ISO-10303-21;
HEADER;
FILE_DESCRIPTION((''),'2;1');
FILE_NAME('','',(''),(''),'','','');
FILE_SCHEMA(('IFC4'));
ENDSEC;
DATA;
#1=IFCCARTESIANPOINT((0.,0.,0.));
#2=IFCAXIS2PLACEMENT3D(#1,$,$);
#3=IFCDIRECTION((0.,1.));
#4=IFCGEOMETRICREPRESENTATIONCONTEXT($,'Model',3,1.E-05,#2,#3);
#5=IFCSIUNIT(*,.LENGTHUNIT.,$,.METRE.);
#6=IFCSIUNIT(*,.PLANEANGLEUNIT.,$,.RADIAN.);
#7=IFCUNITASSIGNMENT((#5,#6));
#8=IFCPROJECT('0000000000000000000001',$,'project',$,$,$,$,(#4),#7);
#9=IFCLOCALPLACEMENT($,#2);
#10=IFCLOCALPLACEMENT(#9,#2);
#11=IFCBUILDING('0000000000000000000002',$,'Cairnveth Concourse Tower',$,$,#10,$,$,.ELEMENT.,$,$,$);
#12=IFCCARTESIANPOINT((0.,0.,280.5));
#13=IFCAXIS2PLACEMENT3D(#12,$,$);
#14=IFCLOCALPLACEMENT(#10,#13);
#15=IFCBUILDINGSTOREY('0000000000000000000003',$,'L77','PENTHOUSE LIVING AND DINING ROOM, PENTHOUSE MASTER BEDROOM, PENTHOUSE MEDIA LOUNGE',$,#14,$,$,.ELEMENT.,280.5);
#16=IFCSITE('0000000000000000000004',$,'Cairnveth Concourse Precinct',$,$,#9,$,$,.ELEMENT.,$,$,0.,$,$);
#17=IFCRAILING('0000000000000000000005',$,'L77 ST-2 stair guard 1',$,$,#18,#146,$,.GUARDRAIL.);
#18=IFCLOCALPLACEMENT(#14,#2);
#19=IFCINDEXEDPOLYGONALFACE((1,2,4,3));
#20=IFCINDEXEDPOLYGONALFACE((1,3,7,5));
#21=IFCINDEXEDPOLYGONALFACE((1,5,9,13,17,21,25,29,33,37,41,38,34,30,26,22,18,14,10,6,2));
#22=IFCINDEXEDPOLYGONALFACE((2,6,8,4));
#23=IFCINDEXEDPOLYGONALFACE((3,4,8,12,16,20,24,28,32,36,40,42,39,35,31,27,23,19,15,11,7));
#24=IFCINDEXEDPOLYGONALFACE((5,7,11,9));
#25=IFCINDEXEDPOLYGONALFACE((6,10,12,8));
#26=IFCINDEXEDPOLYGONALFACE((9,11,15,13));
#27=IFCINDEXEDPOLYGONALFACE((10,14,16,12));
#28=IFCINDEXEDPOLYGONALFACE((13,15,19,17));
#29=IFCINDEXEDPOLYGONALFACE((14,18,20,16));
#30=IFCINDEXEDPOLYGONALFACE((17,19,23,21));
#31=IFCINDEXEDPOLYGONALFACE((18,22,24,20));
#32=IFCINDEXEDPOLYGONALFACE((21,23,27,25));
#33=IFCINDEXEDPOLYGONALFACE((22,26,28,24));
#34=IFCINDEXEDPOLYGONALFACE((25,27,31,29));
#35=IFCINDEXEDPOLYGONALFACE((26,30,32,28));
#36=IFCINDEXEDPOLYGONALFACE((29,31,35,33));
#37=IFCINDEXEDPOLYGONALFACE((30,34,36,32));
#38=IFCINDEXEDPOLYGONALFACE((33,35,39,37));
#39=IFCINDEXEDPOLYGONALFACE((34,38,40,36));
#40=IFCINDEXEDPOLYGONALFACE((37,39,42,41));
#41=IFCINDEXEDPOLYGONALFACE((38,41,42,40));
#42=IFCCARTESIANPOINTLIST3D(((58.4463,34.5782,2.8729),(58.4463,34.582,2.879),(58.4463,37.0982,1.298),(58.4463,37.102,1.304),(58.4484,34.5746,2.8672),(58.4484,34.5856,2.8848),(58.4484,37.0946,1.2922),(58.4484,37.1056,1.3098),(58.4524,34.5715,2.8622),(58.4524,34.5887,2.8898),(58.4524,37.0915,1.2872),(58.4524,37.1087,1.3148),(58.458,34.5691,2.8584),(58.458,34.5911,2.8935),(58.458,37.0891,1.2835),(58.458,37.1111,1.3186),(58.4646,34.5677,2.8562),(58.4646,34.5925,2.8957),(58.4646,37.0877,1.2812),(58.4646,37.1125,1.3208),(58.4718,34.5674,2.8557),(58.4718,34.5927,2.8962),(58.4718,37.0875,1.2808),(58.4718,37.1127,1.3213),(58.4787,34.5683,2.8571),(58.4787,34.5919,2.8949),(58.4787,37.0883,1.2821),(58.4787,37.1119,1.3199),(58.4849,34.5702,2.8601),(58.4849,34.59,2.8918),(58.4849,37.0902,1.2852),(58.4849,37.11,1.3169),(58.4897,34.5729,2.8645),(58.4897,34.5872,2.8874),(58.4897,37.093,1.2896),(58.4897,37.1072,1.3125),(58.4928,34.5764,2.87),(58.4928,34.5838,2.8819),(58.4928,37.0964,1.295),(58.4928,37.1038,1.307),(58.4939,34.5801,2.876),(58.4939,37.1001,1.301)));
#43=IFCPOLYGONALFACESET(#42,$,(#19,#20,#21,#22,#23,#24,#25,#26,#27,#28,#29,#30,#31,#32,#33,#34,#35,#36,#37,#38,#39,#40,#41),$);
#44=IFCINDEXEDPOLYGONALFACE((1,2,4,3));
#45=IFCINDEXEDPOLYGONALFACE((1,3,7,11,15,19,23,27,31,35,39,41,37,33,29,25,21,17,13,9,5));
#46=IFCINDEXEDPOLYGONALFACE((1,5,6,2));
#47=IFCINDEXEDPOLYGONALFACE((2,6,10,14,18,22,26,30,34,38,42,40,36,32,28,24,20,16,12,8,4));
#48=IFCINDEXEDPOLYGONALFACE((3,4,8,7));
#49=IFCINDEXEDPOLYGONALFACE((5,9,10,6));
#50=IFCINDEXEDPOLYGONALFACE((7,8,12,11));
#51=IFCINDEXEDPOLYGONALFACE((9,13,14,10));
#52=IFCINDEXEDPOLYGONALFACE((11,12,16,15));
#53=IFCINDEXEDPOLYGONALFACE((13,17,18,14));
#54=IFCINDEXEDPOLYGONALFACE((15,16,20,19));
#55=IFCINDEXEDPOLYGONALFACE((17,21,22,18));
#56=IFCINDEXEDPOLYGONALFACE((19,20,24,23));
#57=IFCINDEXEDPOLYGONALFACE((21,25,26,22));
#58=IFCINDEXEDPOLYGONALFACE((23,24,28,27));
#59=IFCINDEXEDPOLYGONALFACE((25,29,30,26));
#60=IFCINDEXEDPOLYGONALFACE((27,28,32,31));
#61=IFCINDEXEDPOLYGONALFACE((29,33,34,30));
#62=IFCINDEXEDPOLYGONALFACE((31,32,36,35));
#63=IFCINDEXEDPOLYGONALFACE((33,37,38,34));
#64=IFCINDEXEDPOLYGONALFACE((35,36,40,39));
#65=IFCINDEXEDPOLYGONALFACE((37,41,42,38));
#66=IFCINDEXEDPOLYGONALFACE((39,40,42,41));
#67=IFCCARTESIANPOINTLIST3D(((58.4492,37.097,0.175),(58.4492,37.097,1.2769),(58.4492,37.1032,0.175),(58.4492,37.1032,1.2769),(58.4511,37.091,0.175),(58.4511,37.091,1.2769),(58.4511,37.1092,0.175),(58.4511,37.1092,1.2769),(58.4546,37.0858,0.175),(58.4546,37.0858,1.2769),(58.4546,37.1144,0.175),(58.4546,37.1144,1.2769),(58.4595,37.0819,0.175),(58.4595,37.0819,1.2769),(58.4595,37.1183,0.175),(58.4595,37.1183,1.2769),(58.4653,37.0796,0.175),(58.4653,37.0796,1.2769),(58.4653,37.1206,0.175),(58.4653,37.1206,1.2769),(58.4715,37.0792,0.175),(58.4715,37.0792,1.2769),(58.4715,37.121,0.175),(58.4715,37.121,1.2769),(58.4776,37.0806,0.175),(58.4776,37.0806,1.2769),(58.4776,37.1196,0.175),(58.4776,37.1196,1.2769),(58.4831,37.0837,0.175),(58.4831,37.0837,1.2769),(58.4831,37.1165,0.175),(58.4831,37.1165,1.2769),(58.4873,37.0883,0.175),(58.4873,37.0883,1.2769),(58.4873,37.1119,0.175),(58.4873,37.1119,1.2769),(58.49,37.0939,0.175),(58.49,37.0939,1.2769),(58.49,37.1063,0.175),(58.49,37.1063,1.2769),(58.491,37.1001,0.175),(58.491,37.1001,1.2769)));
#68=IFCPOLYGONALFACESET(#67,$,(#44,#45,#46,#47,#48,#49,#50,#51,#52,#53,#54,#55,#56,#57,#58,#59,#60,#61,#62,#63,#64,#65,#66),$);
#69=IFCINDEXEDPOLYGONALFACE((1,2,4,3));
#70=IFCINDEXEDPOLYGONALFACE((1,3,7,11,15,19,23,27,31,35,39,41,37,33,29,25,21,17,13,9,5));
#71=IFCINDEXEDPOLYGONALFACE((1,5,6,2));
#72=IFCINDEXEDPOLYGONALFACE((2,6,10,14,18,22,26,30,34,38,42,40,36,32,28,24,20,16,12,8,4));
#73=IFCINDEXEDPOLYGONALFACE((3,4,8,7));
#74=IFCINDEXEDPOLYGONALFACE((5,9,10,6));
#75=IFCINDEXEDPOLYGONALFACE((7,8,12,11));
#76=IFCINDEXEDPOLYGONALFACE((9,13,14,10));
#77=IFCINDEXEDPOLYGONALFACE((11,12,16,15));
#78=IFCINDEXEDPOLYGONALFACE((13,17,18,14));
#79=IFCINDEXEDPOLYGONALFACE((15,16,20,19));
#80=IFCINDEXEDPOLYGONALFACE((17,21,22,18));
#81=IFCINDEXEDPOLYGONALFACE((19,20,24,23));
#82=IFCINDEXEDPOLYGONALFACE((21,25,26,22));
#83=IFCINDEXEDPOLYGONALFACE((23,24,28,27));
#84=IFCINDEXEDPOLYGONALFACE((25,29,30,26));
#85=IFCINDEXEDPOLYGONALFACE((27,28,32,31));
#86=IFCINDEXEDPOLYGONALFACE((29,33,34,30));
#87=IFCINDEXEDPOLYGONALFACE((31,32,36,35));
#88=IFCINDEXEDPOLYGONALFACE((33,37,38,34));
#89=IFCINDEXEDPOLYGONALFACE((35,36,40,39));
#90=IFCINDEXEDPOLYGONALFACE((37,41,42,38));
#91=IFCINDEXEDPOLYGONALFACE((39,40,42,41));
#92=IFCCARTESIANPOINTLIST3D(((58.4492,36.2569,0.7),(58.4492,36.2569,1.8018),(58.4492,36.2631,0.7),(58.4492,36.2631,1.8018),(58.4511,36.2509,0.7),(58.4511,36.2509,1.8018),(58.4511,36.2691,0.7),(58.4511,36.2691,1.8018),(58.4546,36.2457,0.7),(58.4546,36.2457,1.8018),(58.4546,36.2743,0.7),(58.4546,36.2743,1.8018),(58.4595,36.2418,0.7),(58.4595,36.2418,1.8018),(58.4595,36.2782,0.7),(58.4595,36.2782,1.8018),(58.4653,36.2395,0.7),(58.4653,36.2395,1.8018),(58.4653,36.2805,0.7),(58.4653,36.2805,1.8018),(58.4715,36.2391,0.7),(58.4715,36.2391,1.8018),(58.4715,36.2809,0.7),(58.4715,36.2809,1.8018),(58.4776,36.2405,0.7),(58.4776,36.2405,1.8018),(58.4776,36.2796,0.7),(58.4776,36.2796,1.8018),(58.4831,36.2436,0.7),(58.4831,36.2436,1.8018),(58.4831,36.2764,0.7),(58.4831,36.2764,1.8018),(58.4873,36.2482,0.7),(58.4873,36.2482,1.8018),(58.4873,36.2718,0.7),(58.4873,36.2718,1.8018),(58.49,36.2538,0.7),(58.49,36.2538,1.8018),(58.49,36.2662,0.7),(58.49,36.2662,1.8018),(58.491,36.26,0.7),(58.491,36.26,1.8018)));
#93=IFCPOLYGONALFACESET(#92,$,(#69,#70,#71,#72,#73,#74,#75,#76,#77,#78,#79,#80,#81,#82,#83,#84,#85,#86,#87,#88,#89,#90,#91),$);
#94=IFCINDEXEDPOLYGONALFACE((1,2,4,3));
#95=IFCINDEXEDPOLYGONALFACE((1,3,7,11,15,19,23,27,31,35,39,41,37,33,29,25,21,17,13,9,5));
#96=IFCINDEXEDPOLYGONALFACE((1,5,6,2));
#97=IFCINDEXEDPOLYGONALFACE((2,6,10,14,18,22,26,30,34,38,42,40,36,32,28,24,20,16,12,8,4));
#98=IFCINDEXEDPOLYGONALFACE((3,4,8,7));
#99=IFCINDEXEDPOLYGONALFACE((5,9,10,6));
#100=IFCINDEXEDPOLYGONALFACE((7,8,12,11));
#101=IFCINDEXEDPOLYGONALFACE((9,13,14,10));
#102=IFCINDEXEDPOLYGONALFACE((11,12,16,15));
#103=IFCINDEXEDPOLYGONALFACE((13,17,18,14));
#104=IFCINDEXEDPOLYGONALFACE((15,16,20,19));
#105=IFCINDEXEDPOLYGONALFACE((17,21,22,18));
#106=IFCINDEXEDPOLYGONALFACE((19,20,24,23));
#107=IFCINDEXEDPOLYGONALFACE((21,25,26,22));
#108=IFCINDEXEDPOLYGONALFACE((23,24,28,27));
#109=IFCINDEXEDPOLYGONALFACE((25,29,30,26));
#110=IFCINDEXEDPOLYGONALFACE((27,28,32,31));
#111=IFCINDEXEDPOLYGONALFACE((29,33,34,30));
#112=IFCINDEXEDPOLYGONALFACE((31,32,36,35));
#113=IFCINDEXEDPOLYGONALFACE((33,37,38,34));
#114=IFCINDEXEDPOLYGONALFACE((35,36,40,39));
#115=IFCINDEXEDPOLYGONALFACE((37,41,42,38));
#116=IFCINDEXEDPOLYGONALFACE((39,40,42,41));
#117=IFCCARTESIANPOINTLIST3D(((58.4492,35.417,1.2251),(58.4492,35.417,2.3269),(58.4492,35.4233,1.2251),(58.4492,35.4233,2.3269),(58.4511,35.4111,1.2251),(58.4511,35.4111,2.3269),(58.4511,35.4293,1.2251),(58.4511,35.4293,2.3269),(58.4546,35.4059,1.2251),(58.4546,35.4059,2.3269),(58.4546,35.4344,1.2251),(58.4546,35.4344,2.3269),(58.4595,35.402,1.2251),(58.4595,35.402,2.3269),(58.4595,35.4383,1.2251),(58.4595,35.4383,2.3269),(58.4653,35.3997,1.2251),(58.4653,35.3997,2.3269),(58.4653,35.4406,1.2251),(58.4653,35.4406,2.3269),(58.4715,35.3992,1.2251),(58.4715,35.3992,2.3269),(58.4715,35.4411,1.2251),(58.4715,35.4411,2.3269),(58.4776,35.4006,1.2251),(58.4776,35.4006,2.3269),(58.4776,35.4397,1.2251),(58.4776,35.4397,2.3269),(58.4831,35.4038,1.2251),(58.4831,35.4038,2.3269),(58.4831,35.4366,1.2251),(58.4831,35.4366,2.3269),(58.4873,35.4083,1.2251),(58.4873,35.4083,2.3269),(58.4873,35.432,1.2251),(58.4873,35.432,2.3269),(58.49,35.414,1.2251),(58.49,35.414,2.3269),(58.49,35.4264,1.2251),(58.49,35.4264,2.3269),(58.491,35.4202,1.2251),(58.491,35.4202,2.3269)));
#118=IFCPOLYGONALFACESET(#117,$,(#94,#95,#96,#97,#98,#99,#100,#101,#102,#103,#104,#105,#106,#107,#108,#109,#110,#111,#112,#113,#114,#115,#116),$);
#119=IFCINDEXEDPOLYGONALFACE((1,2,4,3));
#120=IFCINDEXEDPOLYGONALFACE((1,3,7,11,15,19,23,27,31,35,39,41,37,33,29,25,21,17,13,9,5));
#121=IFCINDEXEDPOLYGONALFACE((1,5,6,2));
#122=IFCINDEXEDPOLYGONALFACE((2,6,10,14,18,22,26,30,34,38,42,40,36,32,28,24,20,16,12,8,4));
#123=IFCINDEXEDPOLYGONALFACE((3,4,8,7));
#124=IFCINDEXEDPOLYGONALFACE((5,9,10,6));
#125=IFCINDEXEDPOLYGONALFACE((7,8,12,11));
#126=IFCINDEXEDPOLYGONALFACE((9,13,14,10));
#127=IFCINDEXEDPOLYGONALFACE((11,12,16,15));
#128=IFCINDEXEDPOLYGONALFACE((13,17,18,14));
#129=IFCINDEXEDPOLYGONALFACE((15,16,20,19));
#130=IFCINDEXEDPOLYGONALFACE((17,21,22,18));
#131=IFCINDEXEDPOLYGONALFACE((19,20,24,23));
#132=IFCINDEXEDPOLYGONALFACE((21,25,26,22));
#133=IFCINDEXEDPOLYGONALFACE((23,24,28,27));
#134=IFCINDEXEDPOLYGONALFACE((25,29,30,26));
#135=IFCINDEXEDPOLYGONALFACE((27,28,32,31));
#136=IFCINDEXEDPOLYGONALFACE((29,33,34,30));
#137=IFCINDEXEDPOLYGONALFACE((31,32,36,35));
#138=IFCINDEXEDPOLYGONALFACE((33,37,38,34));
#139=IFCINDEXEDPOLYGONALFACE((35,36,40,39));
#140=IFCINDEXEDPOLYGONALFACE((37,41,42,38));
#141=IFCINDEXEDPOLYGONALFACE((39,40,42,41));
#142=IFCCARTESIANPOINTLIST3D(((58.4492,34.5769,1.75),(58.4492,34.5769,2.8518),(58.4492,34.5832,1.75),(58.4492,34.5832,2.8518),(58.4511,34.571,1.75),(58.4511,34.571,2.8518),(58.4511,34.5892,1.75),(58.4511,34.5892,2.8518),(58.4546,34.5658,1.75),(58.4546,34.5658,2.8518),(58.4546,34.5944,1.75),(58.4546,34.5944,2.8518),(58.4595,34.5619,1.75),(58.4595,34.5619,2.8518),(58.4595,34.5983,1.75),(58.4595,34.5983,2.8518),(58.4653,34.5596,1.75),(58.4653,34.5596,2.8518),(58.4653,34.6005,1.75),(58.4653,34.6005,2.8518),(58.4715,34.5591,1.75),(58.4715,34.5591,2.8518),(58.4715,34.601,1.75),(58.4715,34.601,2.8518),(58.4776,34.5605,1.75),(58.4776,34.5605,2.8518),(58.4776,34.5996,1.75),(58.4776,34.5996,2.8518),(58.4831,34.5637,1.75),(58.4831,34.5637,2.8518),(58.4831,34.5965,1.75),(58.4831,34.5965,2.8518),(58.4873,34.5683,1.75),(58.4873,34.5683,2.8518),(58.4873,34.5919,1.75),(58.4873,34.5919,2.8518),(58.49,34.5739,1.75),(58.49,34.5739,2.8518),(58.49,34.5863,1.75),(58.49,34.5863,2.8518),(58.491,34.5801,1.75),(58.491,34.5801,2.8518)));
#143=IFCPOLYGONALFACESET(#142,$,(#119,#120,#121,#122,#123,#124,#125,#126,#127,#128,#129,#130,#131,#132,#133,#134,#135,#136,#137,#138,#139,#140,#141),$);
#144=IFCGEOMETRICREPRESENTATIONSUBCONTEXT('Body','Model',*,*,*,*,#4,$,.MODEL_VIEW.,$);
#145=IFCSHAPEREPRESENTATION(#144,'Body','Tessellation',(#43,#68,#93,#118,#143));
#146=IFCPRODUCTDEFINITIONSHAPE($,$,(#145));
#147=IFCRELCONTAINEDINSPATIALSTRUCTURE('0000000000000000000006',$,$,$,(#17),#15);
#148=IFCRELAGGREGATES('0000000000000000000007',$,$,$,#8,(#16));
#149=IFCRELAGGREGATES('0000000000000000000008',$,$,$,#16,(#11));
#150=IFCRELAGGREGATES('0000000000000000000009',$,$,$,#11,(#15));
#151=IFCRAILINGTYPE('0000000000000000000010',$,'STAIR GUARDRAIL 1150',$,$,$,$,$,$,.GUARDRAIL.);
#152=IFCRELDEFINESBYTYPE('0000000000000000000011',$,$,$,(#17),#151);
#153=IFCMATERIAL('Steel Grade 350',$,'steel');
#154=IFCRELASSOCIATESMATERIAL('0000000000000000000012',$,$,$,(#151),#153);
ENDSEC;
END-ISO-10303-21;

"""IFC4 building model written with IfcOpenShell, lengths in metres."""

from ifc_helpers import new_model, si_unit, direction, frame, origin, origin_2d, place, context, subcontext, project, spatial, circle, extrude, material, type_object, element, save


model = new_model("IFC4")

# Units and contexts
model_context = context("Model", 3, precision=1e-05, world=origin(), true_north=direction((0.0, 1.0)))
body_context = subcontext(model_context, "Body", "Model", "MODEL_VIEW")
ifc_project = project(units=[si_unit("LENGTHUNIT", "METRE"), si_unit("PLANEANGLEUNIT", "RADIAN")], contexts=[model_context])

# Site, building, storey
site_placement = place(None, origin())
site = spatial("IfcSite", under=ifc_project, at=site_placement, Name="Cairnveth Concourse Precinct", CompositionType="ELEMENT", RefElevation=0.0)
building_placement = place(site_placement, origin())
building = spatial("IfcBuilding", under=site, at=building_placement, Name="Cairnveth Concourse Tower", CompositionType="ELEMENT")
storey_placement = place(building_placement, frame((0.0, 0.0, 280.5)))
storey = spatial("IfcBuildingStorey", under=building, at=storey_placement, Name="L77", Description="PENTHOUSE LIVING AND DINING ROOM, PENTHOUSE MASTER BEDROOM, PENTHOUSE MEDIA LOUNGE", CompositionType="ELEMENT", Elevation=280.5)

# Shared definitions
ifc_material_1 = material(Name="Steel Grade 350", Category="steel")

# Railing
railing_type = type_object("IfcRailingType", Name="STAIR GUARDRAIL 1150", PredefinedType="GUARDRAIL", material=ifc_material_1)
railing_1_placement = place(storey_placement, frame((58.47, 37.1001, 0.175)))
element("IfcRailing", 1, at=railing_1_placement, inside=storey, type_object=railing_type, Name="L77 ST-2 stair guard 1", PredefinedType="GUARDRAIL", context=body_context, shape_type="SweptSolid", body=[
    extrude(circle(Radius=0.0239, at=origin_2d()), frame((0.0, 0.0, 1.126), z_axis=(0.0, -0.848008, 0.529984), x_axis=(1.0, 0.0, 0.0)), (0.0, 0.0, 1.0), 2.9717),
    extrude(circle(Radius=0.021, at=origin_2d()), origin(), (0.0, 0.0, 1.0), 1.1018),
    extrude(circle(Radius=0.021, at=origin_2d()), frame((0.0, -0.8401, 0.5249)), (0.0, 0.0, 1.0), 1.1018),
    extrude(circle(Radius=0.021, at=origin_2d()), frame((0.0, -1.6799, 1.05)), (0.0, 0.0, 1.0), 1.1018),
    extrude(circle(Radius=0.021, at=origin_2d()), frame((0.0, -2.52, 1.575)), (0.0, 0.0, 1.0), 1.1018),
])

save(model, "model.ifc")
